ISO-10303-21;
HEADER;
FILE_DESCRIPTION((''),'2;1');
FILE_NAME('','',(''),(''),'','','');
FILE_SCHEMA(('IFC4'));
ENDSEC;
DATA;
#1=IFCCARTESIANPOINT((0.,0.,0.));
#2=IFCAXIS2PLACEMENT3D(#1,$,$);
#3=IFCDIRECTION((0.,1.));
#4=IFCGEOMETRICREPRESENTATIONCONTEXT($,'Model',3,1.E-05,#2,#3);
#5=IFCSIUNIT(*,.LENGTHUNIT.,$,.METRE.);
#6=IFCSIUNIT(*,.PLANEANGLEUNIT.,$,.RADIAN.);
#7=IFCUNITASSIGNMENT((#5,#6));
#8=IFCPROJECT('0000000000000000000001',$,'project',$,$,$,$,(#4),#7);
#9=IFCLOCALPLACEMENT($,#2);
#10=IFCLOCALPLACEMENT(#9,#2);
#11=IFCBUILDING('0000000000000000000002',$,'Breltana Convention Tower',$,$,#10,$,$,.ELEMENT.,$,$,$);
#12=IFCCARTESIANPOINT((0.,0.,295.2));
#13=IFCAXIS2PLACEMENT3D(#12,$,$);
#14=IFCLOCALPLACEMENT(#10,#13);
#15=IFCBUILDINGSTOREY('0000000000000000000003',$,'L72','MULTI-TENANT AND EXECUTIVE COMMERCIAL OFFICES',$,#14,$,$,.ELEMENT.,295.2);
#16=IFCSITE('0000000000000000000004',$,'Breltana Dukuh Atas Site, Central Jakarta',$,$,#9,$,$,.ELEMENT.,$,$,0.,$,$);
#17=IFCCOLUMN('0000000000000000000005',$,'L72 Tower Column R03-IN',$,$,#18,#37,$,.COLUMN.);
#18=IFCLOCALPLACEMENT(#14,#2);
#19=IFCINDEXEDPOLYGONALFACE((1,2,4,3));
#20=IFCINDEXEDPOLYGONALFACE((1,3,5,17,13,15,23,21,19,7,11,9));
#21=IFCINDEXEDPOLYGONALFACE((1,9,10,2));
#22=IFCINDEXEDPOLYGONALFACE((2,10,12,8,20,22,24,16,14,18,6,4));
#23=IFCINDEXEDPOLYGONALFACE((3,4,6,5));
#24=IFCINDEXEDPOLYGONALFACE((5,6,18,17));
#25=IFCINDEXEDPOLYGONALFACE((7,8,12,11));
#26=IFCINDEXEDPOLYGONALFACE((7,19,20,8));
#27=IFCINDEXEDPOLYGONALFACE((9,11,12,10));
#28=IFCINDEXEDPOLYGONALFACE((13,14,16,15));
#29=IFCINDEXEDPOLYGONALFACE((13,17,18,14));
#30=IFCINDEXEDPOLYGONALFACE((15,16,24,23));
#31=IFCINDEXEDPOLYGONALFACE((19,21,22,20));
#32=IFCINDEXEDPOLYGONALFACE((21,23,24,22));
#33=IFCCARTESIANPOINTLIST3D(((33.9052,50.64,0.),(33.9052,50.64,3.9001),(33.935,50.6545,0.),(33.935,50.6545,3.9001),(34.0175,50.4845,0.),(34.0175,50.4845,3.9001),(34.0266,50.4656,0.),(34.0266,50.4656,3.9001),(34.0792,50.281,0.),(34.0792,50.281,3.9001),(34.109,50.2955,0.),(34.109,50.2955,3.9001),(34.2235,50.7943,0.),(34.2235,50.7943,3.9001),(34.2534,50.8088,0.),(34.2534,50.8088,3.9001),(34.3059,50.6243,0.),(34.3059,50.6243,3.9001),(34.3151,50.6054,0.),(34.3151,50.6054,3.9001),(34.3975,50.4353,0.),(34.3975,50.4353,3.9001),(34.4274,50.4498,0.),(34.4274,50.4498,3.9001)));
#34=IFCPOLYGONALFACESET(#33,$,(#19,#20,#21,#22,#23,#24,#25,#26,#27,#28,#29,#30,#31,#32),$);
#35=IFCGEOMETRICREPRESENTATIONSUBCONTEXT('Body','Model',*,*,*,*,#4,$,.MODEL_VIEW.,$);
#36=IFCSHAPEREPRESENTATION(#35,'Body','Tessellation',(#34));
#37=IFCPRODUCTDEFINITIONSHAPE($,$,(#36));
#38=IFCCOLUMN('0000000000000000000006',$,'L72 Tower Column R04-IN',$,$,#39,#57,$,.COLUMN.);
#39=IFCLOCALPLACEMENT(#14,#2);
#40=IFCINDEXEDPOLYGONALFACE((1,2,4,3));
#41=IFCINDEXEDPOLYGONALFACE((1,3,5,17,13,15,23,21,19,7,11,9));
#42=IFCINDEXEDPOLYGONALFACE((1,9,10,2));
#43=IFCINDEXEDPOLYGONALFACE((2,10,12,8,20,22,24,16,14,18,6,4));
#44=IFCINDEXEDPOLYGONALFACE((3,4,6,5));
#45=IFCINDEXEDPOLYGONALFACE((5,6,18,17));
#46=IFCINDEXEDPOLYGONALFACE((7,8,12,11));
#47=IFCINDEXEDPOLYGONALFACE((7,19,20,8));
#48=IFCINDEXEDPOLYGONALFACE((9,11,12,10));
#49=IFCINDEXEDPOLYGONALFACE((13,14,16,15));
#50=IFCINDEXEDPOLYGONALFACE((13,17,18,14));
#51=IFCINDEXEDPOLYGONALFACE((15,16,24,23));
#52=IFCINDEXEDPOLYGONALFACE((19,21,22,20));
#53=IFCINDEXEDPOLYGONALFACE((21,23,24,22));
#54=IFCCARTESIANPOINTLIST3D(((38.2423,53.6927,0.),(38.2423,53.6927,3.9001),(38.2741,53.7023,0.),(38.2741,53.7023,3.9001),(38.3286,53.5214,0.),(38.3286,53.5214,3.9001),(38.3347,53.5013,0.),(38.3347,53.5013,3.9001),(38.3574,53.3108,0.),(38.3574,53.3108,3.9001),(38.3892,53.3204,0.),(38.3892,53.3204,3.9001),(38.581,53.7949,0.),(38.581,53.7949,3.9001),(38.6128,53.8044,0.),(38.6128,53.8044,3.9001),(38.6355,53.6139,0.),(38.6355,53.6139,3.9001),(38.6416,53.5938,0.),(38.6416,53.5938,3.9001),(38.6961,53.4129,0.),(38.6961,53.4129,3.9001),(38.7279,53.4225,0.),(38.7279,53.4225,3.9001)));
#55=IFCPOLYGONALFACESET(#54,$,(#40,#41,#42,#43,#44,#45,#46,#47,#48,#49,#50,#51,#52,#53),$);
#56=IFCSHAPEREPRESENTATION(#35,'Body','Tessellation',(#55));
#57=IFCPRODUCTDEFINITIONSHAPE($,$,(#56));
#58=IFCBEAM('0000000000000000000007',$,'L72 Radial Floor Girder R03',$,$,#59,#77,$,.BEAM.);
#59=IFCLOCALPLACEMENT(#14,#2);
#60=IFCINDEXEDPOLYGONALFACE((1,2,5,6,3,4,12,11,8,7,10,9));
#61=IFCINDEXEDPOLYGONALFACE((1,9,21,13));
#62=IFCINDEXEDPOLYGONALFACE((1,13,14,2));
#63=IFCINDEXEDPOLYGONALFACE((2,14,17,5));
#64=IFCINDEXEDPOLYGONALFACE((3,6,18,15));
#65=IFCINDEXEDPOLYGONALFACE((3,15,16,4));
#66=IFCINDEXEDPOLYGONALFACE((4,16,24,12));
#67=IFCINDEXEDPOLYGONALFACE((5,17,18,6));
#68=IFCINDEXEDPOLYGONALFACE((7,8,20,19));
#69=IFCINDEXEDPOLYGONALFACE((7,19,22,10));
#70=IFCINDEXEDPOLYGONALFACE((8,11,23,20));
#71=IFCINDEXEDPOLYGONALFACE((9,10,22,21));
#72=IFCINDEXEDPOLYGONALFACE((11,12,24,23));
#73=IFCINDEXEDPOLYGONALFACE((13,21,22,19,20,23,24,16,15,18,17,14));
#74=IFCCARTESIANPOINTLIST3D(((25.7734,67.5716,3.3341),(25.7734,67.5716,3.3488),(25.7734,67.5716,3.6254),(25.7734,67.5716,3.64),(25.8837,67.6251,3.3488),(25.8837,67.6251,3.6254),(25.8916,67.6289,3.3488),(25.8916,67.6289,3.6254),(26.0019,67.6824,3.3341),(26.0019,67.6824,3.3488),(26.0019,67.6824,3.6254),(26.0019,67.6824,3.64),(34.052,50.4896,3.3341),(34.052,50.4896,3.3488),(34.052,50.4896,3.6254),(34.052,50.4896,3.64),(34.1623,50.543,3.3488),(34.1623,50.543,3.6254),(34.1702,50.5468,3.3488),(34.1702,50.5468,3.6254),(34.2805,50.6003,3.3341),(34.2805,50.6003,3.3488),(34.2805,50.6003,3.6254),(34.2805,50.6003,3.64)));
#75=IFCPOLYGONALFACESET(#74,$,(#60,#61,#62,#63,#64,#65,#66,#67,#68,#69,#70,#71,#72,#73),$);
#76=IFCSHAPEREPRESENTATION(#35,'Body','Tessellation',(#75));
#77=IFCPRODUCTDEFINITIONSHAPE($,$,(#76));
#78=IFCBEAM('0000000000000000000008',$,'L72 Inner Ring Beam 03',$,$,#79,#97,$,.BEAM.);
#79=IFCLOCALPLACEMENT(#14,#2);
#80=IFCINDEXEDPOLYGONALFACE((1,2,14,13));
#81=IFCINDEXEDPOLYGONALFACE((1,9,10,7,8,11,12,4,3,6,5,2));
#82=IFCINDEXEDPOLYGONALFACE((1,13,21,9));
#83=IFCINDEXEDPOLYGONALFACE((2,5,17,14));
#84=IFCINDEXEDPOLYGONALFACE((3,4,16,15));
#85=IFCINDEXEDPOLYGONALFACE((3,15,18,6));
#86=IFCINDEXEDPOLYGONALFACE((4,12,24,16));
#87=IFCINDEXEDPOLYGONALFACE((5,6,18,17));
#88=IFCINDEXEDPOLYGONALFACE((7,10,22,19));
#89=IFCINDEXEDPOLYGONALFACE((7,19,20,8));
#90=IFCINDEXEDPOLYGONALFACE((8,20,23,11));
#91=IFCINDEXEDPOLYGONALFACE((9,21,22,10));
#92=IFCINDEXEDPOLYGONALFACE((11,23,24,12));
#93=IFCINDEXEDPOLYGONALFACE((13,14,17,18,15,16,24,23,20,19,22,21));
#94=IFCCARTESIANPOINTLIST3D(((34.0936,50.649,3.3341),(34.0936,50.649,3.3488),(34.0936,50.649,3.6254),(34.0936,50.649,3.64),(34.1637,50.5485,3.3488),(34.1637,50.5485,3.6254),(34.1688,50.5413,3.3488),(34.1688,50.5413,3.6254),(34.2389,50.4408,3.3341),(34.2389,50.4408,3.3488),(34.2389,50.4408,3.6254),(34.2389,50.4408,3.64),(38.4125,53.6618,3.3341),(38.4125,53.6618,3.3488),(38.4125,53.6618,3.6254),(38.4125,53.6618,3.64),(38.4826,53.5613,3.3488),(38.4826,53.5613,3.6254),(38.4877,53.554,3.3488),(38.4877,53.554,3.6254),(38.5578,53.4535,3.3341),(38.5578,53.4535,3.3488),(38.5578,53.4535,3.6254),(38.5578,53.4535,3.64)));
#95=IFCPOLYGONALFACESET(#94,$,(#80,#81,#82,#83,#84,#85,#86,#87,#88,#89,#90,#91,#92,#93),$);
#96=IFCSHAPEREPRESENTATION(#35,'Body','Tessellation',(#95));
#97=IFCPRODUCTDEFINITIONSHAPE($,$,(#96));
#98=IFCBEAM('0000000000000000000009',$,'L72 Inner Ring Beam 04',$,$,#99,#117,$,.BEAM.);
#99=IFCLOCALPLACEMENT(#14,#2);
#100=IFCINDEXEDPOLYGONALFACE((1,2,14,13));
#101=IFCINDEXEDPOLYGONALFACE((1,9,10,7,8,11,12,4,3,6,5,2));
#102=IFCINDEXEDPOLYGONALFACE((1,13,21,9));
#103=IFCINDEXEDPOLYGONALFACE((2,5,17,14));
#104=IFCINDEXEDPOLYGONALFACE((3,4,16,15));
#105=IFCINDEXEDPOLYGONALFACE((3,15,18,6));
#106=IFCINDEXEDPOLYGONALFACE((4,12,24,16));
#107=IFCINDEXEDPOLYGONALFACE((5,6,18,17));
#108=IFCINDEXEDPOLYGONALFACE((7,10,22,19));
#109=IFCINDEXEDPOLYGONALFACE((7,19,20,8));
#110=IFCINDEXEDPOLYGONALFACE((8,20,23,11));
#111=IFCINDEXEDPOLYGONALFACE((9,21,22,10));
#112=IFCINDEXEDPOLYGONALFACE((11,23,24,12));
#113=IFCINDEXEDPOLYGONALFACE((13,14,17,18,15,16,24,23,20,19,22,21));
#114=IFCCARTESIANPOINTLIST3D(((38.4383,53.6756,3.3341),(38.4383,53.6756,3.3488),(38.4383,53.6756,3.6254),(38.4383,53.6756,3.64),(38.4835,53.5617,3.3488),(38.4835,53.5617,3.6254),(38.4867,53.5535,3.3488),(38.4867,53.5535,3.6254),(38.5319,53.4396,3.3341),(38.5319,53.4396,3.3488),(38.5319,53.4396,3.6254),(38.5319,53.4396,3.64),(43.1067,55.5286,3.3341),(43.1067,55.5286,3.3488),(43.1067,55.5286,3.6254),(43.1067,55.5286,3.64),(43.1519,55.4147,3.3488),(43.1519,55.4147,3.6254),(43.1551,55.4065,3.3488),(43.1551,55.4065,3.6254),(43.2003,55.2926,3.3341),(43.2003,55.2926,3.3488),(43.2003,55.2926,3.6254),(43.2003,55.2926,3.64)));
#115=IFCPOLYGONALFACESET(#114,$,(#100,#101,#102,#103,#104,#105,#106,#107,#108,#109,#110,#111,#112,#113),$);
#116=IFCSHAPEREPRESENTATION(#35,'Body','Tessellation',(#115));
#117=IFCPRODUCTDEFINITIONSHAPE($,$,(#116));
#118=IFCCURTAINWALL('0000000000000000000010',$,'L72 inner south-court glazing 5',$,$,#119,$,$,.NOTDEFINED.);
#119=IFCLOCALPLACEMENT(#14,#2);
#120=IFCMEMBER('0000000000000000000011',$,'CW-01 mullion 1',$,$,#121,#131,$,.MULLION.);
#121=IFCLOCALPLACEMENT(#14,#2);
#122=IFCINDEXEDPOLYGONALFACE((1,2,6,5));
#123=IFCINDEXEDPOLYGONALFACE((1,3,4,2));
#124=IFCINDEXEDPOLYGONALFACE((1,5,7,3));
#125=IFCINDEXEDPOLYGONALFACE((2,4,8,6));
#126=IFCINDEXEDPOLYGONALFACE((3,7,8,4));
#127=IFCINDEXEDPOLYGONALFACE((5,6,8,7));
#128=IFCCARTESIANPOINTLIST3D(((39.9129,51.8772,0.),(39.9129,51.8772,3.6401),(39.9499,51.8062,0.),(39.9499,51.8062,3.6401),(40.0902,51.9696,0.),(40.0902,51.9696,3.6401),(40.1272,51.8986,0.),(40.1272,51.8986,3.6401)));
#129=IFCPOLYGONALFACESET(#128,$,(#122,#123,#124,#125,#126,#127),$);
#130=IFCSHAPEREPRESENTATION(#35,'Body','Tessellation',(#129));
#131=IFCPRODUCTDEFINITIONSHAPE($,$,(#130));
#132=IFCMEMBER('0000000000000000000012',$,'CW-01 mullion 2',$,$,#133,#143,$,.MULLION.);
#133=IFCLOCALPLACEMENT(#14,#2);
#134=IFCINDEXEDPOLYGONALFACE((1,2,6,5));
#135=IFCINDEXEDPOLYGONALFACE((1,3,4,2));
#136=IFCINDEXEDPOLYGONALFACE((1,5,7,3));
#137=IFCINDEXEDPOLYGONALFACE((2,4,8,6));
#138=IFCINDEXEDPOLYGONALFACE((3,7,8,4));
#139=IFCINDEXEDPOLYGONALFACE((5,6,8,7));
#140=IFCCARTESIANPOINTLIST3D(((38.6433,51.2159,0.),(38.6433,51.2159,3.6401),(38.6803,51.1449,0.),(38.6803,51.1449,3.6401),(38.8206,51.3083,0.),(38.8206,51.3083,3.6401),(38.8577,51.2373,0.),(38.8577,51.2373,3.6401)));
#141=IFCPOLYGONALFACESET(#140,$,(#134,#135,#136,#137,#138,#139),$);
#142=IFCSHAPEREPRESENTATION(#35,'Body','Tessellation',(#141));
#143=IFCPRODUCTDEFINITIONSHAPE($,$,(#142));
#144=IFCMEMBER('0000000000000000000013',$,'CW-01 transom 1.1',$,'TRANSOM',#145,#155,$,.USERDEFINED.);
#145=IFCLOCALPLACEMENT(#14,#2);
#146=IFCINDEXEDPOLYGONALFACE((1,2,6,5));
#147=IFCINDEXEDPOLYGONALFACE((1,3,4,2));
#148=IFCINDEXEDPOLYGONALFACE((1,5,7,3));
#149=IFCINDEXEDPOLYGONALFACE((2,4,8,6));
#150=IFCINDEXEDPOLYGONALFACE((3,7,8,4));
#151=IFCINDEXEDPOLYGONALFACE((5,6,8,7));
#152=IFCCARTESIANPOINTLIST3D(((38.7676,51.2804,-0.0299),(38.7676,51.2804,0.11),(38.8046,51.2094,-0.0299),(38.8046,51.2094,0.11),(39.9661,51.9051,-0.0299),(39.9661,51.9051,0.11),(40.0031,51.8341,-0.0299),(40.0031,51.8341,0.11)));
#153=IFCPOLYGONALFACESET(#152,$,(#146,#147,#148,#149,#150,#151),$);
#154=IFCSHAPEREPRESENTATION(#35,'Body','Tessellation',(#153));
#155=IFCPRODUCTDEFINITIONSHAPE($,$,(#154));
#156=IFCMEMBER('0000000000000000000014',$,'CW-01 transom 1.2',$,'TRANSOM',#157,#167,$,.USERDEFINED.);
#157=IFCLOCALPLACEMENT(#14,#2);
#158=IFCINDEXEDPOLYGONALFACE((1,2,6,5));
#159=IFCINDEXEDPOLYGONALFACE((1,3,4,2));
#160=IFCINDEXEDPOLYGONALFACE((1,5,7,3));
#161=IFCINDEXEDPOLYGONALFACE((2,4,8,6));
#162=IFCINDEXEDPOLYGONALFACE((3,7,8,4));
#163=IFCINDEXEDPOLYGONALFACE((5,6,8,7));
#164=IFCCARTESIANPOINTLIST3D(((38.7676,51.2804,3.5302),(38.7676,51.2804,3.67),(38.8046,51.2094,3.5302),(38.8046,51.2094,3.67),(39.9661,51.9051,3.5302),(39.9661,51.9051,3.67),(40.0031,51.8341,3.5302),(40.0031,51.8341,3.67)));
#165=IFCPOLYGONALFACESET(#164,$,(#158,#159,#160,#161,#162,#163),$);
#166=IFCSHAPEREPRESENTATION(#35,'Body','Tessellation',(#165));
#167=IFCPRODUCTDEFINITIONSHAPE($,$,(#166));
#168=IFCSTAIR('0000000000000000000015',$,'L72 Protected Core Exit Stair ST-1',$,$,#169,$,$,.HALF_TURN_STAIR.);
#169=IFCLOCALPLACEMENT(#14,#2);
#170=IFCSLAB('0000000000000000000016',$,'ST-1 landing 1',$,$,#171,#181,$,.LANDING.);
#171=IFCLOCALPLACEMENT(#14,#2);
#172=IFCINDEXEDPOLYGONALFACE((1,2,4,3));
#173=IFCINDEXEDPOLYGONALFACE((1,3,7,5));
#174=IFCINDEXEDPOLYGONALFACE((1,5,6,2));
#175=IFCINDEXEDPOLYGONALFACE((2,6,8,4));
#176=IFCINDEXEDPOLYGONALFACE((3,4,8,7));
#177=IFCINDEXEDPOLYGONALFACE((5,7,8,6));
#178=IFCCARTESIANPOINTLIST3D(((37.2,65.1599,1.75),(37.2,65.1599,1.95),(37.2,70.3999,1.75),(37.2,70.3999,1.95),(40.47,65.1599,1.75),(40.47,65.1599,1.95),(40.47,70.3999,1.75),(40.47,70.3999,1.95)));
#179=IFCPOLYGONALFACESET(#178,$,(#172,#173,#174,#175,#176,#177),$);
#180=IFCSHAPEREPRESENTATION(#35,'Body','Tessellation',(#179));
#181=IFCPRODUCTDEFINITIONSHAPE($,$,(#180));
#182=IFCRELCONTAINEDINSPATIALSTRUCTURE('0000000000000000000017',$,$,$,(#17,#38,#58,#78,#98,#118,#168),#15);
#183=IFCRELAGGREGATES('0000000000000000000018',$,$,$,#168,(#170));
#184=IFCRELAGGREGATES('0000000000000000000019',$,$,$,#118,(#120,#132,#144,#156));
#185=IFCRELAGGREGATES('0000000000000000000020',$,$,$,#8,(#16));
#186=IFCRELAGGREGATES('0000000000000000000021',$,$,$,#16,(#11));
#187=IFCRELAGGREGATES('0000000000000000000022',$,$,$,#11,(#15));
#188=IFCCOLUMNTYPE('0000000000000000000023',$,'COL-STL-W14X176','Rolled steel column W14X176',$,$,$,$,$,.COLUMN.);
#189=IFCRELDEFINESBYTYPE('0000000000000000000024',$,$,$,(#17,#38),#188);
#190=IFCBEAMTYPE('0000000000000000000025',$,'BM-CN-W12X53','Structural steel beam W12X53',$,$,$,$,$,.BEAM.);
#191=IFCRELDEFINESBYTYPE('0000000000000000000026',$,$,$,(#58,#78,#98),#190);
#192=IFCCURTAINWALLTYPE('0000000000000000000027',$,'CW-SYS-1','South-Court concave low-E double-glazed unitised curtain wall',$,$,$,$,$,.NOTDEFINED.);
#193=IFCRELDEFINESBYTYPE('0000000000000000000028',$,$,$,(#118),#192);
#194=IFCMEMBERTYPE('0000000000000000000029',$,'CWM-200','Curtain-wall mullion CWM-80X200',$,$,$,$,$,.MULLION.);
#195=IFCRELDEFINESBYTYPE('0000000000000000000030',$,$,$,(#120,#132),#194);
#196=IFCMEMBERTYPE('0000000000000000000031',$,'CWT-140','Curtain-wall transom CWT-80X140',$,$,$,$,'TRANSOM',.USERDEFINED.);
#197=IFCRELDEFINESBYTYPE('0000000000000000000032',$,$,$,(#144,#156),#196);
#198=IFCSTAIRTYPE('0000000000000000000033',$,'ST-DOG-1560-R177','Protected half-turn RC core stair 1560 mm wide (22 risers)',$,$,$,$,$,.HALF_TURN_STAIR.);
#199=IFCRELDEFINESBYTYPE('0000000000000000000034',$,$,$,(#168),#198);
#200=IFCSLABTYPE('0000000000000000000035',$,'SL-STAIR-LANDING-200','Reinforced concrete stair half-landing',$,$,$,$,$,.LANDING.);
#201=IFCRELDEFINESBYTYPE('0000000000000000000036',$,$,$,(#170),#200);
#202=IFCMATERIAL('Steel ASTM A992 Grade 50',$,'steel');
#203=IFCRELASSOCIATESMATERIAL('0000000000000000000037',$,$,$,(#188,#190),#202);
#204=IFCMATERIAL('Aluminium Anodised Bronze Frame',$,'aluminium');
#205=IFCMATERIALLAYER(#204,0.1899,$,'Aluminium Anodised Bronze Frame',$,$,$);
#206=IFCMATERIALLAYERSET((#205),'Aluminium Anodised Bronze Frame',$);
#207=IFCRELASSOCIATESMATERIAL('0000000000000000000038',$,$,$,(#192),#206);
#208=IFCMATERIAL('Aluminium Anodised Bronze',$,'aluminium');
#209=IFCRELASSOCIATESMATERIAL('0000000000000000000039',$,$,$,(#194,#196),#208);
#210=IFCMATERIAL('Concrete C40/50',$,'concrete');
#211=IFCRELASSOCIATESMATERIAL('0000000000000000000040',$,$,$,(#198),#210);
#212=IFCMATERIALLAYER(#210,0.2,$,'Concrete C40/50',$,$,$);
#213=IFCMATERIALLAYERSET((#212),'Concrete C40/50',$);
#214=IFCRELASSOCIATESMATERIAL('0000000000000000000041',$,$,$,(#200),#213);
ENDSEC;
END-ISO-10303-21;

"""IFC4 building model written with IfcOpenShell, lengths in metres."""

from ifc_helpers import new_model, si_unit, direction, frame, origin, origin_2d, place, context, subcontext, project, spatial, polyline, rectangle, i_section, outline, extrude, source, transform, mapped, material, layer, layer_set, material_profile, profile_set, type_object, element, aggregate, save


model = new_model("IFC4")

# Units and contexts
model_context = context("Model", 3, precision=1e-05, world=origin(), true_north=direction((0.0, 1.0)))
body_context = subcontext(model_context, "Body", "Model", "MODEL_VIEW")
ifc_project = project(units=[si_unit("LENGTHUNIT", "METRE"), si_unit("PLANEANGLEUNIT", "RADIAN")], contexts=[model_context])

# Site, building, storey
site_placement = place(None, origin())
site = spatial("IfcSite", under=ifc_project, at=site_placement, Name="Breltana Dukuh Atas Site, Central Jakarta", CompositionType="ELEMENT", RefElevation=0.0)
building_placement = place(site_placement, origin())
building = spatial("IfcBuilding", under=site, at=building_placement, Name="Breltana Convention Tower", CompositionType="ELEMENT")
storey_placement = place(building_placement, frame((0.0, 0.0, 295.2)))
storey = spatial("IfcBuildingStorey", under=building, at=storey_placement, Name="L72", Description="MULTI-TENANT AND EXECUTIVE COMMERCIAL OFFICES", CompositionType="ELEMENT", Elevation=295.2)

# Columns
ifc_material_1 = material(Name="Steel ASTM A992 Grade 50", Category="steel")
ifc_material_profile_1 = material_profile(ifc_material_1, i_section(OverallWidth=0.3989, OverallDepth=0.387, WebThickness=0.021, FlangeThickness=0.0332, at=origin_2d()), Name="W14X176")
ifc_profile_set_1 = profile_set([ifc_material_profile_1], Name="Steel ASTM A992 Grade 50")
column_type = type_object("IfcColumnType", Name="COL-STL-W14X176", Description="Rolled steel column W14X176", PredefinedType="COLUMN", material=ifc_profile_set_1)
shared_shape_1 = source(origin(), body_context, "Body", "SweptSolid", [
    extrude(i_section(OverallWidth=0.3989, OverallDepth=0.387, WebThickness=0.021, FlangeThickness=0.0332, at=origin_2d()), origin(), (0.0, 0.0, 1.0), 3.9001),
])
for number, where, z_axis, x_axis, name in (
    (1, (34.1663, 50.5449, 0.0), (0.0, 0.0, 1.0), (-0.436174, 0.899863, 0.0), "L72 Tower Column R03-IN"),
    (2, (38.4851, 53.5576, 0.0), (0.0, 0.0, 1.0), (-0.288698, 0.95742, 0.0), "L72 Tower Column R04-IN"),
):
    element("IfcColumn", number, at=place(storey_placement, frame(where, z_axis=z_axis, x_axis=x_axis)), inside=storey, type_object=column_type, Name=name, PredefinedType="COLUMN", context=body_context, shape_type="MappedRepresentation", body=[
        mapped(shared_shape_1, transform((0.0, 0.0, 0.0), scale=1.0)),
    ])

# Beams
ifc_material_profile_2 = material_profile(ifc_material_1, i_section(OverallWidth=0.2539, OverallDepth=0.3059, WebThickness=0.0088, FlangeThickness=0.0146, at=origin_2d()), Name="W12X53")
ifc_profile_set_2 = profile_set([ifc_material_profile_2], Name="Steel ASTM A992 Grade 50")
beam_type = type_object("IfcBeamType", Name="BM-CN-W12X53", Description="Structural steel beam W12X53", PredefinedType="BEAM", material=ifc_profile_set_2)
shared_shape_2 = source(origin(), body_context, "Body", "SweptSolid", [
    extrude(i_section(OverallWidth=0.2539, OverallDepth=0.3059, WebThickness=0.0088, FlangeThickness=0.0146, at=origin_2d()), origin(), (0.0, 0.0, 1.0), 18.9824),
])
beam_1_placement = place(storey_placement, frame((34.1663, 50.5449, 3.4871), z_axis=(-0.436119, 0.899889, 0.0), x_axis=(-0.899889, -0.436119, 0.0)))
element("IfcBeam", 3, at=beam_1_placement, inside=storey, type_object=beam_type, Name="L72 Radial Floor Girder R03", PredefinedType="BEAM", context=body_context, shape_type="MappedRepresentation", body=[
    mapped(shared_shape_2, transform((0.0, 0.0, 0.0), scale=1.0)),
])
shared_shape_3 = source(origin(), body_context, "Body", "SweptSolid", [
    extrude(i_section(OverallWidth=0.2539, OverallDepth=0.3059, WebThickness=0.0088, FlangeThickness=0.0146, at=origin_2d()), origin(), (0.0, 0.0, 1.0), 5.2659),
])
beam_2_placement = place(storey_placement, frame((34.1663, 50.5449, 3.4871), z_axis=(0.820167, 0.572124, 0.0), x_axis=(-0.572124, 0.820167, 0.0)))
element("IfcBeam", 4, at=beam_2_placement, inside=storey, type_object=beam_type, Name="L72 Inner Ring Beam 03", PredefinedType="BEAM", context=body_context, shape_type="MappedRepresentation", body=[
    mapped(shared_shape_3, transform((0.0, 0.0, 0.0), scale=1.0)),
])
shared_shape_4 = source(origin(), body_context, "Body", "SweptSolid", [
    extrude(i_section(OverallWidth=0.2539, OverallDepth=0.3059, WebThickness=0.0088, FlangeThickness=0.0146, at=origin_2d()), origin(), (0.0, 0.0, 1.0), 5.0227),
])
beam_3_placement = place(storey_placement, frame((38.4851, 53.5576, 3.4871), z_axis=(0.929459, 0.368926, 0.0), x_axis=(-0.368926, 0.929459, 0.0)))
element("IfcBeam", 5, at=beam_3_placement, inside=storey, type_object=beam_type, Name="L72 Inner Ring Beam 04", PredefinedType="BEAM", context=body_context, shape_type="MappedRepresentation", body=[
    mapped(shared_shape_4, transform((0.0, 0.0, 0.0), scale=1.0)),
])

# Curtain wall, members
ifc_material_2 = material(Name="Aluminium Anodised Bronze Frame", Category="aluminium")
ifc_layer_1 = layer(ifc_material_2, 0.1899, Name="Aluminium Anodised Bronze Frame")
ifc_layer_set_1 = layer_set([ifc_layer_1], Name="Aluminium Anodised Bronze Frame")
curtain_wall_type = type_object("IfcCurtainWallType", Name="CW-SYS-1", Description="South-Court concave low-E double-glazed unitised curtain wall", PredefinedType="NOTDEFINED", material=ifc_layer_set_1)
curtain_wall_placement = place(storey_placement, origin())
curtain_wall = element("IfcCurtainWall", 6, at=curtain_wall_placement, inside=storey, type_object=curtain_wall_type, Name="L72 inner south-court glazing 5", PredefinedType="NOTDEFINED")
ifc_material_3 = material(Name="Aluminium Anodised Bronze", Category="aluminium")
ifc_material_profile_3 = material_profile(ifc_material_3, rectangle(XDim=0.0801, YDim=0.2, at=origin_2d()), Name="CWM-80X200")
ifc_profile_set_3 = profile_set([ifc_material_profile_3], Name="Aluminium Anodised Bronze")
member_type_1 = type_object("IfcMemberType", Name="CWM-200", Description="Curtain-wall mullion CWM-80X200", PredefinedType="MULLION", material=ifc_profile_set_3)
shared_shape_5 = source(origin(), body_context, "Body", "SweptSolid", [
    extrude(rectangle(XDim=0.0801, YDim=0.2, at=origin_2d()), origin(), (0.0, 0.0, 1.0), 3.6401),
])
member_1_placement = place(storey_placement, frame((40.02, 51.8879, 0.0), z_axis=(0.0, 0.0, 1.0), x_axis=(0.462102, -0.886827, 0.0)))
member_1 = element("IfcMember", 7, at=member_1_placement, type_object=member_type_1, Name="CW-01 mullion 1", PredefinedType="MULLION", context=body_context, shape_type="MappedRepresentation", body=[
    mapped(shared_shape_5, transform((0.0, 0.0, 0.0), scale=1.0)),
])
member_2_placement = place(storey_placement, frame((38.7505, 51.2266, 0.0), z_axis=(0.0, 0.0, 1.0), x_axis=(0.462102, -0.886827, 0.0)))
member_2 = element("IfcMember", 8, at=member_2_placement, type_object=member_type_1, Name="CW-01 mullion 2", PredefinedType="MULLION", context=body_context, shape_type="MappedRepresentation", body=[
    mapped(shared_shape_5, transform((0.0, 0.0, 0.0), scale=1.0)),
])
ifc_material_profile_4 = material_profile(ifc_material_3, rectangle(XDim=0.0801, YDim=0.1399, at=origin_2d()), Name="CWT-80X140")
ifc_profile_set_4 = profile_set([ifc_material_profile_4], Name="Aluminium Anodised Bronze")
member_type_2 = type_object("IfcMemberType", Name="CWT-140", Description="Curtain-wall transom CWT-80X140", ElementType="TRANSOM", PredefinedType="USERDEFINED", material=ifc_profile_set_4)
shared_shape_6 = source(origin(), body_context, "Body", "SweptSolid", [
    extrude(rectangle(XDim=0.0801, YDim=0.1399, at=origin_2d()), origin(), (0.0, 0.0, 1.0), 1.3516),
])
member_3_placement = place(storey_placement, frame((39.9846, 51.8696, 0.04), z_axis=(-0.886749, -0.462251, 0.0), x_axis=(0.462251, -0.886749, 0.0)))
member_3 = element("IfcMember", 9, at=member_3_placement, type_object=member_type_2, Name="CW-01 transom 1.1", ObjectType="TRANSOM", PredefinedType="USERDEFINED", context=body_context, shape_type="MappedRepresentation", body=[
    mapped(shared_shape_6, transform((0.0, 0.0, 0.0), scale=1.0)),
])
member_4_placement = place(storey_placement, frame((39.9846, 51.8696, 3.6001), z_axis=(-0.886749, -0.462251, 0.0), x_axis=(0.462251, -0.886749, 0.0)))
member_4 = element("IfcMember", 10, at=member_4_placement, type_object=member_type_2, Name="CW-01 transom 1.2", ObjectType="TRANSOM", PredefinedType="USERDEFINED", context=body_context, shape_type="MappedRepresentation", body=[
    mapped(shared_shape_6, transform((0.0, 0.0, 0.0), scale=1.0)),
])

# Stair, slab
ifc_material_4 = material(Name="Concrete C40/50", Category="concrete")
stair_type = type_object("IfcStairType", Name="ST-DOG-1560-R177", Description="Protected half-turn RC core stair 1560 mm wide (22 risers)", PredefinedType="HALF_TURN_STAIR", material=ifc_material_4)
stair_1_placement = place(storey_placement, origin())
stair_1 = element("IfcStair", 11, at=stair_1_placement, inside=storey, type_object=stair_type, Name="L72 Protected Core Exit Stair ST-1", PredefinedType="HALF_TURN_STAIR")
ifc_layer_2 = layer(ifc_material_4, 0.2, Name="Concrete C40/50")
ifc_layer_set_2 = layer_set([ifc_layer_2], Name="Concrete C40/50")
slab_type_1 = type_object("IfcSlabType", Name="SL-STAIR-LANDING-200", Description="Reinforced concrete stair half-landing", PredefinedType="LANDING", material=ifc_layer_set_2)
slab_1_placement = place(storey_placement, frame((0.0, 0.0, 1.75)))
slab_1 = element("IfcSlab", 12, at=slab_1_placement, type_object=slab_type_1, Name="ST-1 landing 1", PredefinedType="LANDING", context=body_context, shape_type="SweptSolid", body=[
    extrude(outline(polyline([(40.47, 65.1599), (40.47, 70.3999), (37.2, 70.3999), (37.2, 65.1599), (40.47, 65.1599)])), origin(), (0.0, 0.0, 1.0), 0.2),
])
aggregate(stair_1, [slab_1])

aggregate(curtain_wall, [member_1, member_2, member_3, member_4])

save(model, "model.ifc")
